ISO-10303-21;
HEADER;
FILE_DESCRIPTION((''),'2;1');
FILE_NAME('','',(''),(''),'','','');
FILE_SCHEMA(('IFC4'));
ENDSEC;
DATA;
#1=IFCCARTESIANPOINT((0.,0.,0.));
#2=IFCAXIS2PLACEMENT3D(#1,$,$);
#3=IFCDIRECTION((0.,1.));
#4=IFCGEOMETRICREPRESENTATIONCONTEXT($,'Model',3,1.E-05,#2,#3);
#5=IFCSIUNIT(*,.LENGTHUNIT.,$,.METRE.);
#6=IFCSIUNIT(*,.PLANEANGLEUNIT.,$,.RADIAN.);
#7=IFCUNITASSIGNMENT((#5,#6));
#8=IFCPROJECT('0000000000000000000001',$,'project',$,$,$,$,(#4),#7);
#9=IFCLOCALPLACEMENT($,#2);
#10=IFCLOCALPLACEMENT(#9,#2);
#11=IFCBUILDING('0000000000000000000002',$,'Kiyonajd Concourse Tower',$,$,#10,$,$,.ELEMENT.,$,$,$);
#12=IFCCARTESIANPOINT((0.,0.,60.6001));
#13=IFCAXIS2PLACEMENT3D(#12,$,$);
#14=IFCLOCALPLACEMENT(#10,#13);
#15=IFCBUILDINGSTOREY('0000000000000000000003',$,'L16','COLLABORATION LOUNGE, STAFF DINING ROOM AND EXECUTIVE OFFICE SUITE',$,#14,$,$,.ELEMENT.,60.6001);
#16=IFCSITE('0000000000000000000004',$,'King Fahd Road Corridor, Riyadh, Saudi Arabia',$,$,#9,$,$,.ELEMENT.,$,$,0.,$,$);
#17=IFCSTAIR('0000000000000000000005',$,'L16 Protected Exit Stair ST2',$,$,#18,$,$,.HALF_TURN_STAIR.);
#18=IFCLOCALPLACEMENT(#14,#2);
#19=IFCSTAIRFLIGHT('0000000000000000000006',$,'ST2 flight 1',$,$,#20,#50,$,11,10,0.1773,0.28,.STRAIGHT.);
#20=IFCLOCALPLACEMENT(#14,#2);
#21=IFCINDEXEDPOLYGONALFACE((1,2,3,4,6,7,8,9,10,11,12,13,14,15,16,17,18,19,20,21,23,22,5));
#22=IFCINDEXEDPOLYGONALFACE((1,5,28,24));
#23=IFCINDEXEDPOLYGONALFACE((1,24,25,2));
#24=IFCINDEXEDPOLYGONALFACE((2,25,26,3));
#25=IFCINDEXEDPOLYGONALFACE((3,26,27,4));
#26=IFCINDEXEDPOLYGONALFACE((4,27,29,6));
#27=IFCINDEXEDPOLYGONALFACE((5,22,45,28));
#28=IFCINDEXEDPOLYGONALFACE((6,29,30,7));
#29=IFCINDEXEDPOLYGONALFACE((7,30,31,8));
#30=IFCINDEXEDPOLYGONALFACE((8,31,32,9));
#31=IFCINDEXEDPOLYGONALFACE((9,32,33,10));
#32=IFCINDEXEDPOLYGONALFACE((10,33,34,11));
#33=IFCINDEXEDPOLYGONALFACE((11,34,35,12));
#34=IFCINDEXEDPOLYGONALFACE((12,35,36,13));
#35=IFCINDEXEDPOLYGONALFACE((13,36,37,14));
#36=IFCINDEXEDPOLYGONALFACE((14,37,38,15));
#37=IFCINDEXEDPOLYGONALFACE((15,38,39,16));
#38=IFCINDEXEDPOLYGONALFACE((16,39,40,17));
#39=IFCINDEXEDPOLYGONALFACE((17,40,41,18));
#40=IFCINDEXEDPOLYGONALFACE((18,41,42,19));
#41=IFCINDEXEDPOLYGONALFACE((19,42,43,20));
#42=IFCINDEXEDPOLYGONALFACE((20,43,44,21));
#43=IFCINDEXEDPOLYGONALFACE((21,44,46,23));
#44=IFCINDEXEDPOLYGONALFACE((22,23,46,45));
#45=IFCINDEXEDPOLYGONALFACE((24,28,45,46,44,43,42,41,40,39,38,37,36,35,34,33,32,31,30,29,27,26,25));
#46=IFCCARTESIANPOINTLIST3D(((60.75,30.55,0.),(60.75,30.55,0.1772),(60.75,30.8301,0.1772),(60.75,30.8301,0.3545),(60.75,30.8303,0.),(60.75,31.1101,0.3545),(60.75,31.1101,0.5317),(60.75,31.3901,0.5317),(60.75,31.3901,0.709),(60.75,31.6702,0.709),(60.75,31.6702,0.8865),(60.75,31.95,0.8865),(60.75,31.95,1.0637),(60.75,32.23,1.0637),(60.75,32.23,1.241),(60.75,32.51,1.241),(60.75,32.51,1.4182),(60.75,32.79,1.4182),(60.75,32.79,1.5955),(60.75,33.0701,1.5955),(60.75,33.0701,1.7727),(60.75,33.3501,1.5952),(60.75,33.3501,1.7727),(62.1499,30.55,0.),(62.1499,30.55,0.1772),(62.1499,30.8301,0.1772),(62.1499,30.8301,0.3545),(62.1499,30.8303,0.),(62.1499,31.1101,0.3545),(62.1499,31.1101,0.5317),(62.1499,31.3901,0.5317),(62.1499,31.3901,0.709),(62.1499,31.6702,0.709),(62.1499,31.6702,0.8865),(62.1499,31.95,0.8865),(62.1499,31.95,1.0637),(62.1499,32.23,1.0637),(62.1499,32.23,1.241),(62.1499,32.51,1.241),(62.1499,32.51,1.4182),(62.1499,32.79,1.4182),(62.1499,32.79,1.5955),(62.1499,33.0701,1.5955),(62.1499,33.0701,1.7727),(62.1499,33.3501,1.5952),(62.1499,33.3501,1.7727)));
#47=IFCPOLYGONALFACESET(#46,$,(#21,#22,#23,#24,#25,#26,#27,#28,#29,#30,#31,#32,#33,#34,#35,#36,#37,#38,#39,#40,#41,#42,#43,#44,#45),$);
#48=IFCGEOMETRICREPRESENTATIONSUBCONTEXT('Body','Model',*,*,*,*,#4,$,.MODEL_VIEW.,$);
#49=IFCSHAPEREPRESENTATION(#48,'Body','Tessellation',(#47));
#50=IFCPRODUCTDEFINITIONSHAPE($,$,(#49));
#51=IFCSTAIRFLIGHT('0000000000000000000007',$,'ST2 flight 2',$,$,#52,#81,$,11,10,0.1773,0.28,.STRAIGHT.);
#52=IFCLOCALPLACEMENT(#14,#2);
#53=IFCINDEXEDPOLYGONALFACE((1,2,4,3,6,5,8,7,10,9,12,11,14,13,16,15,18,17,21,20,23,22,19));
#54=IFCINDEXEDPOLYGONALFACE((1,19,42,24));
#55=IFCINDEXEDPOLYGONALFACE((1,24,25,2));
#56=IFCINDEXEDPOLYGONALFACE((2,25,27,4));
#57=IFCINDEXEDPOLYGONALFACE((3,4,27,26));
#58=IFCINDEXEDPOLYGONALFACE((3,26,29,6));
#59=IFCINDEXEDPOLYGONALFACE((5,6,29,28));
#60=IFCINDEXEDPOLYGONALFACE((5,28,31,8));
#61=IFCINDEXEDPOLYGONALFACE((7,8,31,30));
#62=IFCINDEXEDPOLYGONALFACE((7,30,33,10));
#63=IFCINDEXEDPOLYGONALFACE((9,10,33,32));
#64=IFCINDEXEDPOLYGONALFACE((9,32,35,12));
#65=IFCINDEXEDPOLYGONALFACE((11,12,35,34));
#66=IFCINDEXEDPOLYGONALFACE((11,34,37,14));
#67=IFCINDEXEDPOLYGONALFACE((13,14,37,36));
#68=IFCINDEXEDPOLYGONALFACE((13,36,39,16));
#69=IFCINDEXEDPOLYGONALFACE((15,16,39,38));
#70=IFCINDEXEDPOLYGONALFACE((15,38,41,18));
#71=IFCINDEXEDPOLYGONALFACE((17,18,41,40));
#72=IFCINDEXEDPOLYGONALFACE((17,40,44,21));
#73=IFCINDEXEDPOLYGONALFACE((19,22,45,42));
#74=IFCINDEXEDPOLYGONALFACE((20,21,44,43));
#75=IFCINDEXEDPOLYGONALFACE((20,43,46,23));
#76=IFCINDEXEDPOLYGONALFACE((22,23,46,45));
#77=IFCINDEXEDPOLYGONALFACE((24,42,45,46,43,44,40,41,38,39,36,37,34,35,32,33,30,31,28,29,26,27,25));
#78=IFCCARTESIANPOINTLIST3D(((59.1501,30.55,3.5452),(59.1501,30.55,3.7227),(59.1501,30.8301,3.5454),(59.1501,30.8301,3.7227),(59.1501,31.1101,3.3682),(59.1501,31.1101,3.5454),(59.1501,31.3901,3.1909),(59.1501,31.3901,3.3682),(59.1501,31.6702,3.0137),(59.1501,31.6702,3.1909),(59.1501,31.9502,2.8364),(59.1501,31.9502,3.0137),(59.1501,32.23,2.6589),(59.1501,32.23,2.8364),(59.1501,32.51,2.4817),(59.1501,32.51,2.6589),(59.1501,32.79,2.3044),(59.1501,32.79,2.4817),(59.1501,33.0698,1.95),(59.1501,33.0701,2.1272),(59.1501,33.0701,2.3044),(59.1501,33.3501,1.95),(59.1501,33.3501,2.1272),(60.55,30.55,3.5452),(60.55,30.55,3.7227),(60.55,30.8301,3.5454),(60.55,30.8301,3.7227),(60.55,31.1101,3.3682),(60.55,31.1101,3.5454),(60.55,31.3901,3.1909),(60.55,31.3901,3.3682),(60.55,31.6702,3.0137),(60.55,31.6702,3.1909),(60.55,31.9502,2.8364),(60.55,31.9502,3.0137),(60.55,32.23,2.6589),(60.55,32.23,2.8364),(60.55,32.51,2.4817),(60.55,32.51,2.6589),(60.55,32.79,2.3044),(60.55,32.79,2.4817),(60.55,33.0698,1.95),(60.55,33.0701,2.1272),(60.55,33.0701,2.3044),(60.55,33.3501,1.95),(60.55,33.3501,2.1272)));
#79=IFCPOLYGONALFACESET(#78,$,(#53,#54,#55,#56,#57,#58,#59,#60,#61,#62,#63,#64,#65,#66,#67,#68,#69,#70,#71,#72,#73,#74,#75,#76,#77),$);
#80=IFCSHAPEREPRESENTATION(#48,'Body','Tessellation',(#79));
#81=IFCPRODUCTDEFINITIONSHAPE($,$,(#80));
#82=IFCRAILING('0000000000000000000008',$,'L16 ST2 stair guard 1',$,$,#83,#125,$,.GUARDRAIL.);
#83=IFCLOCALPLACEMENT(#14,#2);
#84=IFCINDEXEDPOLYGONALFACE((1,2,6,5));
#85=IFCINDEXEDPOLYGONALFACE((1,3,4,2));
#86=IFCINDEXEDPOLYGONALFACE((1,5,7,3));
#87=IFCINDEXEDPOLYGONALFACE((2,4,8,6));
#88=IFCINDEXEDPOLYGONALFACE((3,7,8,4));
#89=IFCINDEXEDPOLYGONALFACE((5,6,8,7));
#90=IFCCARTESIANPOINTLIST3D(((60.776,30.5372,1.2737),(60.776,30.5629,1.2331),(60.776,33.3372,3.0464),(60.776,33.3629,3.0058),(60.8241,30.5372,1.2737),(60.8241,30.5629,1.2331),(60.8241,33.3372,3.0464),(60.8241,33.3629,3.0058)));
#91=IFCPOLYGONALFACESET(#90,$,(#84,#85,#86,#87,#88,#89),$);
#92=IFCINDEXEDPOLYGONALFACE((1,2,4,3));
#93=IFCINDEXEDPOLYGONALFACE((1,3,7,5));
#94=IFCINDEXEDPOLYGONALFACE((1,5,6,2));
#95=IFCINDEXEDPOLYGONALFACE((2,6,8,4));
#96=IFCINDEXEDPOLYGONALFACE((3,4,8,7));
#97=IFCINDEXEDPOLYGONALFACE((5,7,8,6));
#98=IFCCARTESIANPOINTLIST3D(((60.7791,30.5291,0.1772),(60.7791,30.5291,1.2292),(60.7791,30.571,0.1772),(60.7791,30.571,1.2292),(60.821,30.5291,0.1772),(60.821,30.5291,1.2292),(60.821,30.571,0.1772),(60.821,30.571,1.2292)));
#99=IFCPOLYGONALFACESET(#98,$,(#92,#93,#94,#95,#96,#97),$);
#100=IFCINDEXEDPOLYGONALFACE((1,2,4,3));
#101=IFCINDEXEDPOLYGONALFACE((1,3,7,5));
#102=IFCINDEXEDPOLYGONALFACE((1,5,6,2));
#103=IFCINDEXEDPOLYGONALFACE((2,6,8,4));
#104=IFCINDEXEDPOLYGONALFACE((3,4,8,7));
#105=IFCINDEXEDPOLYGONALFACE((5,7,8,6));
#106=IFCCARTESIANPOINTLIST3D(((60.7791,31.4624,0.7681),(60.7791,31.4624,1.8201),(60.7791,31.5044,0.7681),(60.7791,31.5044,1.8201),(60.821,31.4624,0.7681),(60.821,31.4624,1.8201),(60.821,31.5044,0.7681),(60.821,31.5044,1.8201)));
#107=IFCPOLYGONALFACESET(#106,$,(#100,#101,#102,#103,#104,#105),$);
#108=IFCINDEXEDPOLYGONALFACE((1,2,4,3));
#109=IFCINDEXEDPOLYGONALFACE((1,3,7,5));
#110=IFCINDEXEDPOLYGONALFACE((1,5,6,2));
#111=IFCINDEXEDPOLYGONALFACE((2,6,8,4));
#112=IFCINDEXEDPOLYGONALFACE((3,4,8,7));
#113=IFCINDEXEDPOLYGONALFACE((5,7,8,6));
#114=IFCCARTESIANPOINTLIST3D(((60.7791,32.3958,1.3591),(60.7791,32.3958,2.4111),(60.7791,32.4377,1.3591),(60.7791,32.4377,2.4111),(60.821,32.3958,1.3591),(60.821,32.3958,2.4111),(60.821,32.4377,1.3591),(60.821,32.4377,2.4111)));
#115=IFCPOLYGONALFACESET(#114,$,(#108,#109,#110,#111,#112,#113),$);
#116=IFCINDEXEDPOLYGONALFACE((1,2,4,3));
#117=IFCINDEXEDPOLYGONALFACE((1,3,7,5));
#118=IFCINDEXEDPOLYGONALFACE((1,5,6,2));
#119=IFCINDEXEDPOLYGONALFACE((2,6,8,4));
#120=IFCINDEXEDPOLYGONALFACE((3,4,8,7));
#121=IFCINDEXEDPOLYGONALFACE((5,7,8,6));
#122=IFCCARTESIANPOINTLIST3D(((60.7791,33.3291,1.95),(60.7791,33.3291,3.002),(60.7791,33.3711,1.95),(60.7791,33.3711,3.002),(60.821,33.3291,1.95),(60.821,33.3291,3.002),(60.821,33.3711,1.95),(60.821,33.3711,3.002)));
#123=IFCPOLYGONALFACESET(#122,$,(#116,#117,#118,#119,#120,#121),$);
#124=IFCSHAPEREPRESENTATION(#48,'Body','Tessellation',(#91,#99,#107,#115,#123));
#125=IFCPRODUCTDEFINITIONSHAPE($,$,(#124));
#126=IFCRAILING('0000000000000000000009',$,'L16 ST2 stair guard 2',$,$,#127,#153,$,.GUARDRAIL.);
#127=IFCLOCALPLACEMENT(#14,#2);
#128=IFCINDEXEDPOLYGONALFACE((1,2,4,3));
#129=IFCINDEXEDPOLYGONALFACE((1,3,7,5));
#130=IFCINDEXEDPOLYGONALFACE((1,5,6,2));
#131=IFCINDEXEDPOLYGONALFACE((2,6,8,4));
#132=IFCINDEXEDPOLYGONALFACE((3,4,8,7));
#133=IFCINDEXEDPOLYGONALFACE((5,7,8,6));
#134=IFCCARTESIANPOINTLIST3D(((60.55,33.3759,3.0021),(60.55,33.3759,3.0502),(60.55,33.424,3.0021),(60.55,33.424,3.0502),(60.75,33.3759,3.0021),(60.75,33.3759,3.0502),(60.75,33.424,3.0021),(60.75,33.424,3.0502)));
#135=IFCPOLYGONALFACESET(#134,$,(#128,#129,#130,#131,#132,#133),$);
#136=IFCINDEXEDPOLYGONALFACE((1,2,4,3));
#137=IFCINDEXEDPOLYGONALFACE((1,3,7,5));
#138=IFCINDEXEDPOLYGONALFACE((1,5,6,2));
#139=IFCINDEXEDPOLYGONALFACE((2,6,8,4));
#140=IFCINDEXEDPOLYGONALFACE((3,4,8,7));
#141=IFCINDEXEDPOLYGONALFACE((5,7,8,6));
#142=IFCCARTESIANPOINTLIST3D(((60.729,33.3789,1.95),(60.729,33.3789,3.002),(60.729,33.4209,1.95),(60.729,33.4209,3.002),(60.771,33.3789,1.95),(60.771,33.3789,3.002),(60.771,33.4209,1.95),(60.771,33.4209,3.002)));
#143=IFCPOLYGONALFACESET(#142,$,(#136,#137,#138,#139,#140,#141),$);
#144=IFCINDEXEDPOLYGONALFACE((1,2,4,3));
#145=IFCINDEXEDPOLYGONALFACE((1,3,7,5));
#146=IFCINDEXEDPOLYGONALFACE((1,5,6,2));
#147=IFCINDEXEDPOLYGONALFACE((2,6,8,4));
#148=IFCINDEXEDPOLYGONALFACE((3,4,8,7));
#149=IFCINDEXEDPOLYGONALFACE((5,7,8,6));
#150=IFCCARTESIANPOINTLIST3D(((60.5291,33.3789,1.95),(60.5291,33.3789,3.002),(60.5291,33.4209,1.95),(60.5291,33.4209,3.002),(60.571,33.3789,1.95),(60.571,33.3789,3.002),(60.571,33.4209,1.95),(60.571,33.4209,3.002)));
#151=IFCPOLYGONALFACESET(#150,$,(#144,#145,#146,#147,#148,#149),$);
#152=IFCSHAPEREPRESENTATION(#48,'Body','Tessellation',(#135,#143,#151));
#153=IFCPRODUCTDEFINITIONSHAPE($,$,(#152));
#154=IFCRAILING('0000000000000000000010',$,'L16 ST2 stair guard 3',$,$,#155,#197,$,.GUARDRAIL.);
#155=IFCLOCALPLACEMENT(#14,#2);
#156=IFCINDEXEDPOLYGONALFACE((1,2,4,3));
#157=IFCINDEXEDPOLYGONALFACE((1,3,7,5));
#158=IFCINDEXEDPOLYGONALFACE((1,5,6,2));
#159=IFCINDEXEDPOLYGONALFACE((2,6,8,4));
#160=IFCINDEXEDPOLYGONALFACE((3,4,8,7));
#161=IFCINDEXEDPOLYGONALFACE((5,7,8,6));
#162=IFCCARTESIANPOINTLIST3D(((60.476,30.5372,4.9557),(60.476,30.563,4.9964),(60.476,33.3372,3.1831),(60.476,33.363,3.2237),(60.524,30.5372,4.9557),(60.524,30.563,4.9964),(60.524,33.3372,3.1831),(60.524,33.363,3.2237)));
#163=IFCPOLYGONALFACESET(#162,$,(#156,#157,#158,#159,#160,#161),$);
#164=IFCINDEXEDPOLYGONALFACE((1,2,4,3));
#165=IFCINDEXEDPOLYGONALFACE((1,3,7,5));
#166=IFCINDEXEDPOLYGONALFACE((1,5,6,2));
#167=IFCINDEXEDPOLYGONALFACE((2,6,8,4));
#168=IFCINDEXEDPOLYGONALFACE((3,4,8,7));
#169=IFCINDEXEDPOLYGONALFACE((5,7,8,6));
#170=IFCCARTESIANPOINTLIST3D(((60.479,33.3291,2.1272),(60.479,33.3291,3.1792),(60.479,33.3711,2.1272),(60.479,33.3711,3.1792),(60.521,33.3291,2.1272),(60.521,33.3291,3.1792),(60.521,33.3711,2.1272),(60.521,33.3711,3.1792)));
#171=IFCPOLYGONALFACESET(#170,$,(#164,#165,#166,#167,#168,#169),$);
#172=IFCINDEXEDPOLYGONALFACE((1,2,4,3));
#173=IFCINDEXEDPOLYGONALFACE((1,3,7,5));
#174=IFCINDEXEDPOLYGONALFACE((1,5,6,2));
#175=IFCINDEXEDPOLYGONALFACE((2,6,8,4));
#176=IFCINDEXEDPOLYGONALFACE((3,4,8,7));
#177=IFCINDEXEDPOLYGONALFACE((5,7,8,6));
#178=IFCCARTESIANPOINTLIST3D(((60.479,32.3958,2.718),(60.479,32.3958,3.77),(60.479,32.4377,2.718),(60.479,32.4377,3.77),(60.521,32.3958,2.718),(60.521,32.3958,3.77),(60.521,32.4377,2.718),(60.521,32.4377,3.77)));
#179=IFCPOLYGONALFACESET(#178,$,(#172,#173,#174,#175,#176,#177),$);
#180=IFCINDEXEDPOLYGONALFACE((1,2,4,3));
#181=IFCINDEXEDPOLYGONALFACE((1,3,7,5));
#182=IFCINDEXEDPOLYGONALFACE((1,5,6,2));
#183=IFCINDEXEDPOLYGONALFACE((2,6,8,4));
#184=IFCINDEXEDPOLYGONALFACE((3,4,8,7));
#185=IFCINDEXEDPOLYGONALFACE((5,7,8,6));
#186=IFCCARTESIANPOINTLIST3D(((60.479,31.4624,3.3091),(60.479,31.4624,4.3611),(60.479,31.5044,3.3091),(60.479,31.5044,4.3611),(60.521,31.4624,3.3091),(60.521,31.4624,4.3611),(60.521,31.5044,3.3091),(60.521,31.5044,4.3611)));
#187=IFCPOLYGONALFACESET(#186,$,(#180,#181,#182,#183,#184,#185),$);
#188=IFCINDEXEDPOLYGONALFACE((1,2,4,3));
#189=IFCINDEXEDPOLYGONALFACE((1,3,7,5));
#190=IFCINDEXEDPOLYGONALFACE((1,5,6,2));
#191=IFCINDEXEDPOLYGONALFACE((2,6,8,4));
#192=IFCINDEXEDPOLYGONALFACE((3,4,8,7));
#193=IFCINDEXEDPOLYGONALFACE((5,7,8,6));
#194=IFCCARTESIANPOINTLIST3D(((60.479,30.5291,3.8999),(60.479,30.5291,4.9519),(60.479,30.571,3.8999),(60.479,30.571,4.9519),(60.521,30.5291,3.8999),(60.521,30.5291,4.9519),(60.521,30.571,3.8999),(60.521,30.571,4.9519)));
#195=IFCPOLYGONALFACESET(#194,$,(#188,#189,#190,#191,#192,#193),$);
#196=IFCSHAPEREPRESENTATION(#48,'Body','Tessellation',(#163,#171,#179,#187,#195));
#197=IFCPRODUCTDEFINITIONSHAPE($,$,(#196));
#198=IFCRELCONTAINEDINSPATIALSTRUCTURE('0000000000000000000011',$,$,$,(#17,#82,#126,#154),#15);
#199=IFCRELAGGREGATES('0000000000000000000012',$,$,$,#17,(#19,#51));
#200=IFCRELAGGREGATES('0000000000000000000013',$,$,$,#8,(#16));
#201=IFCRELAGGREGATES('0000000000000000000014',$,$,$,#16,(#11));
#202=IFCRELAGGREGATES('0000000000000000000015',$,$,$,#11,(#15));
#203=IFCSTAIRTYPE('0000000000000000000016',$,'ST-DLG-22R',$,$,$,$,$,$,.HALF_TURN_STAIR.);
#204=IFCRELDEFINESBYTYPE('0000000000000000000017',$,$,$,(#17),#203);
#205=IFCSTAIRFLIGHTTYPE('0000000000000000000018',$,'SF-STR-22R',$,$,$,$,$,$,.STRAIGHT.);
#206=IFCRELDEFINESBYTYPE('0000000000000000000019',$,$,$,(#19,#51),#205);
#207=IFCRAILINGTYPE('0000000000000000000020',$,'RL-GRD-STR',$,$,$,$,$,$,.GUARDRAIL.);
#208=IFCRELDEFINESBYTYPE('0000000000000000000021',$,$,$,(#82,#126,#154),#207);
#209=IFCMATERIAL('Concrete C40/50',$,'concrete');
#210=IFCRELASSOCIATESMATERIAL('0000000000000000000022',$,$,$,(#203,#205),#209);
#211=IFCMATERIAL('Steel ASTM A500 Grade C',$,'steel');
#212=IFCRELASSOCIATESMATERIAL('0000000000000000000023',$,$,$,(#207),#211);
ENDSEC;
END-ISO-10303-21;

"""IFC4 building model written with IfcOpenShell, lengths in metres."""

from ifc_helpers import new_model, si_unit, direction, frame, origin, origin_2d, place, context, subcontext, project, spatial, polyline, rectangle, outline, extrude, material, type_object, element, aggregate, save


model = new_model("IFC4")

# Units and contexts
model_context = context("Model", 3, precision=1e-05, world=origin(), true_north=direction((0.0, 1.0)))
body_context = subcontext(model_context, "Body", "Model", "MODEL_VIEW")
ifc_project = project(units=[si_unit("LENGTHUNIT", "METRE"), si_unit("PLANEANGLEUNIT", "RADIAN")], contexts=[model_context])

# Site, building, storey
site_placement = place(None, origin())
site = spatial("IfcSite", under=ifc_project, at=site_placement, Name="King Fahd Road Corridor, Riyadh, Saudi Arabia", CompositionType="ELEMENT", RefElevation=0.0)
building_placement = place(site_placement, origin())
building = spatial("IfcBuilding", under=site, at=building_placement, Name="Kiyonajd Concourse Tower", CompositionType="ELEMENT")
storey_placement = place(building_placement, frame((0.0, 0.0, 60.6001)))
storey = spatial("IfcBuildingStorey", under=building, at=storey_placement, Name="L16", Description="COLLABORATION LOUNGE, STAFF DINING ROOM AND EXECUTIVE OFFICE SUITE", CompositionType="ELEMENT", Elevation=60.6001)

# Stair, stair flights
ifc_material_1 = material(Name="Concrete C40/50", Category="concrete")
stair_type = type_object("IfcStairType", Name="ST-DLG-22R", PredefinedType="HALF_TURN_STAIR", material=ifc_material_1)
stair_placement = place(storey_placement, origin())
stair = element("IfcStair", 1, at=stair_placement, inside=storey, type_object=stair_type, Name="L16 Protected Exit Stair ST2", PredefinedType="HALF_TURN_STAIR")
stair_flight_type = type_object("IfcStairFlightType", Name="SF-STR-22R", PredefinedType="STRAIGHT", material=ifc_material_1)
stair_flight_1_placement = place(storey_placement, frame((61.45, 30.55, 0.0), z_axis=(0.0, 0.0, 1.0), x_axis=(0.0, 1.0, 0.0)))
stair_flight_1 = element("IfcStairFlight", 2, at=stair_flight_1_placement, type_object=stair_flight_type, Name="ST2 flight 1", NumberOfRisers=11, NumberOfTreads=10, PredefinedType="STRAIGHT", RiserHeight=0.1773, TreadLength=0.28, context=body_context, shape_type="SweptSolid", body=[
    extrude(outline(polyline([(0.0, 0.0), (0.0, 0.1772), (0.28, 0.1772), (0.28, 0.3545), (0.5601, 0.3545), (0.5601, 0.5317), (0.8401, 0.5317), (0.8401, 0.709), (1.1201, 0.709), (1.1201, 0.8865), (1.3999, 0.8865), (1.3999, 1.0637), (1.6799, 1.0637), (1.6799, 1.241), (1.96, 1.241), (1.96, 1.4182), (2.24, 1.4182), (2.24, 1.5955), (2.52, 1.5955), (2.52, 1.7727), (2.8, 1.7727), (2.8, 1.95), (2.8, 1.5952), (0.2803, 0.0), (0.0, 0.0)])), frame((0.0, 0.7, 0.0), z_axis=(0.0, -1.0, 0.0), x_axis=(1.0, 0.0, 0.0)), (0.0, 0.0, 1.0), 1.3999),
])
stair_flight_2_placement = place(storey_placement, frame((59.8501, 33.3501, 1.95), z_axis=(0.0, 0.0, 1.0), x_axis=(0.0, -1.0, 0.0)))
stair_flight_2 = element("IfcStairFlight", 3, at=stair_flight_2_placement, type_object=stair_flight_type, Name="ST2 flight 2", NumberOfRisers=11, NumberOfTreads=10, PredefinedType="STRAIGHT", RiserHeight=0.1773, TreadLength=0.28, context=body_context, shape_type="SweptSolid", body=[
    extrude(outline(polyline([(0.0, 0.0), (0.0, 0.1772), (0.28, 0.1772), (0.28, 0.3545), (0.5601, 0.3545), (0.5601, 0.5317), (0.8401, 0.5317), (0.8401, 0.709), (1.1201, 0.709), (1.1201, 0.8865), (1.3999, 0.8865), (1.3999, 1.0637), (1.6799, 1.0637), (1.6799, 1.241), (1.96, 1.241), (1.96, 1.4182), (2.24, 1.4182), (2.24, 1.5955), (2.52, 1.5955), (2.52, 1.7727), (2.8, 1.7727), (2.8, 1.95), (2.8, 1.5952), (0.2803, 0.0), (0.0, 0.0)])), frame((0.0, 0.7, 0.0), z_axis=(0.0, -1.0, 0.0), x_axis=(1.0, 0.0, 0.0)), (0.0, 0.0, 1.0), 1.3999),
])
aggregate(stair, [stair_flight_1, stair_flight_2])

# Railings
ifc_material_2 = material(Name="Steel ASTM A500 Grade C", Category="steel")
railing_type_1 = type_object("IfcRailingType", Name="RL-GRD-STR", PredefinedType="GUARDRAIL", material=ifc_material_2)
railing_1_placement = place(storey_placement, frame((60.8, 30.55, 0.1772)))
element("IfcRailing", 4, at=railing_1_placement, inside=storey, type_object=railing_type_1, Name="L16 ST2 stair guard 1", PredefinedType="GUARDRAIL", context=body_context, shape_type="SweptSolid", body=[
    extrude(rectangle(XDim=0.0481, YDim=0.0481, at=origin_2d()), frame((0.0, 0.0, 1.0762), z_axis=(0.0, 0.844909, 0.53491), x_axis=(-1.0, 0.0, 0.0)), (0.0, 0.0, 1.0), 3.314),
    extrude(rectangle(XDim=0.042, YDim=0.042, at=origin_2d()), origin(), (0.0, 0.0, 1.0), 1.052),
    extrude(rectangle(XDim=0.042, YDim=0.042, at=origin_2d()), frame((0.0, 0.9333, 0.5908)), (0.0, 0.0, 1.0), 1.052),
    extrude(rectangle(XDim=0.042, YDim=0.042, at=origin_2d()), frame((0.0, 1.8667, 1.1819)), (0.0, 0.0, 1.0), 1.052),
    extrude(rectangle(XDim=0.042, YDim=0.042, at=origin_2d()), frame((0.0, 2.8, 1.7727)), (0.0, 0.0, 1.0), 1.052),
])
railing_2_placement = place(storey_placement, frame((60.75, 33.3999, 1.95)))
element("IfcRailing", 5, at=railing_2_placement, inside=storey, type_object=railing_type_1, Name="L16 ST2 stair guard 2", PredefinedType="GUARDRAIL", context=body_context, shape_type="SweptSolid", body=[
    extrude(rectangle(XDim=0.0481, YDim=0.0481, at=origin_2d()), frame((0.0, 0.0, 1.0762), z_axis=(-1.0, 0.0, 0.0), x_axis=(0.0, -1.0, 0.0)), (0.0, 0.0, 1.0), 0.2),
    extrude(rectangle(XDim=0.042, YDim=0.042, at=origin_2d()), origin(), (0.0, 0.0, 1.0), 1.052),
    extrude(rectangle(XDim=0.042, YDim=0.042, at=origin_2d()), frame((-0.2, 0.0, 0.0)), (0.0, 0.0, 1.0), 1.052),
])
railing_3_placement = place(storey_placement, frame((60.5, 33.3501, 2.1272)))
element("IfcRailing", 6, at=railing_3_placement, inside=storey, type_object=railing_type_1, Name="L16 ST2 stair guard 3", PredefinedType="GUARDRAIL", context=body_context, shape_type="SweptSolid", body=[
    extrude(rectangle(XDim=0.0481, YDim=0.0481, at=origin_2d()), frame((0.0, 0.0, 1.0762), z_axis=(0.0, -0.844909, 0.53491), x_axis=(1.0, 0.0, 0.0)), (0.0, 0.0, 1.0), 3.314),
    extrude(rectangle(XDim=0.042, YDim=0.042, at=origin_2d()), origin(), (0.0, 0.0, 1.0), 1.052),
    extrude(rectangle(XDim=0.042, YDim=0.042, at=origin_2d()), frame((0.0, -0.9333, 0.5908)), (0.0, 0.0, 1.0), 1.052),
    extrude(rectangle(XDim=0.042, YDim=0.042, at=origin_2d()), frame((0.0, -1.8667, 1.1819)), (0.0, 0.0, 1.0), 1.052),
    extrude(rectangle(XDim=0.042, YDim=0.042, at=origin_2d()), frame((0.0, -2.8, 1.7727)), (0.0, 0.0, 1.0), 1.052),
])

save(model, "model.ifc")
